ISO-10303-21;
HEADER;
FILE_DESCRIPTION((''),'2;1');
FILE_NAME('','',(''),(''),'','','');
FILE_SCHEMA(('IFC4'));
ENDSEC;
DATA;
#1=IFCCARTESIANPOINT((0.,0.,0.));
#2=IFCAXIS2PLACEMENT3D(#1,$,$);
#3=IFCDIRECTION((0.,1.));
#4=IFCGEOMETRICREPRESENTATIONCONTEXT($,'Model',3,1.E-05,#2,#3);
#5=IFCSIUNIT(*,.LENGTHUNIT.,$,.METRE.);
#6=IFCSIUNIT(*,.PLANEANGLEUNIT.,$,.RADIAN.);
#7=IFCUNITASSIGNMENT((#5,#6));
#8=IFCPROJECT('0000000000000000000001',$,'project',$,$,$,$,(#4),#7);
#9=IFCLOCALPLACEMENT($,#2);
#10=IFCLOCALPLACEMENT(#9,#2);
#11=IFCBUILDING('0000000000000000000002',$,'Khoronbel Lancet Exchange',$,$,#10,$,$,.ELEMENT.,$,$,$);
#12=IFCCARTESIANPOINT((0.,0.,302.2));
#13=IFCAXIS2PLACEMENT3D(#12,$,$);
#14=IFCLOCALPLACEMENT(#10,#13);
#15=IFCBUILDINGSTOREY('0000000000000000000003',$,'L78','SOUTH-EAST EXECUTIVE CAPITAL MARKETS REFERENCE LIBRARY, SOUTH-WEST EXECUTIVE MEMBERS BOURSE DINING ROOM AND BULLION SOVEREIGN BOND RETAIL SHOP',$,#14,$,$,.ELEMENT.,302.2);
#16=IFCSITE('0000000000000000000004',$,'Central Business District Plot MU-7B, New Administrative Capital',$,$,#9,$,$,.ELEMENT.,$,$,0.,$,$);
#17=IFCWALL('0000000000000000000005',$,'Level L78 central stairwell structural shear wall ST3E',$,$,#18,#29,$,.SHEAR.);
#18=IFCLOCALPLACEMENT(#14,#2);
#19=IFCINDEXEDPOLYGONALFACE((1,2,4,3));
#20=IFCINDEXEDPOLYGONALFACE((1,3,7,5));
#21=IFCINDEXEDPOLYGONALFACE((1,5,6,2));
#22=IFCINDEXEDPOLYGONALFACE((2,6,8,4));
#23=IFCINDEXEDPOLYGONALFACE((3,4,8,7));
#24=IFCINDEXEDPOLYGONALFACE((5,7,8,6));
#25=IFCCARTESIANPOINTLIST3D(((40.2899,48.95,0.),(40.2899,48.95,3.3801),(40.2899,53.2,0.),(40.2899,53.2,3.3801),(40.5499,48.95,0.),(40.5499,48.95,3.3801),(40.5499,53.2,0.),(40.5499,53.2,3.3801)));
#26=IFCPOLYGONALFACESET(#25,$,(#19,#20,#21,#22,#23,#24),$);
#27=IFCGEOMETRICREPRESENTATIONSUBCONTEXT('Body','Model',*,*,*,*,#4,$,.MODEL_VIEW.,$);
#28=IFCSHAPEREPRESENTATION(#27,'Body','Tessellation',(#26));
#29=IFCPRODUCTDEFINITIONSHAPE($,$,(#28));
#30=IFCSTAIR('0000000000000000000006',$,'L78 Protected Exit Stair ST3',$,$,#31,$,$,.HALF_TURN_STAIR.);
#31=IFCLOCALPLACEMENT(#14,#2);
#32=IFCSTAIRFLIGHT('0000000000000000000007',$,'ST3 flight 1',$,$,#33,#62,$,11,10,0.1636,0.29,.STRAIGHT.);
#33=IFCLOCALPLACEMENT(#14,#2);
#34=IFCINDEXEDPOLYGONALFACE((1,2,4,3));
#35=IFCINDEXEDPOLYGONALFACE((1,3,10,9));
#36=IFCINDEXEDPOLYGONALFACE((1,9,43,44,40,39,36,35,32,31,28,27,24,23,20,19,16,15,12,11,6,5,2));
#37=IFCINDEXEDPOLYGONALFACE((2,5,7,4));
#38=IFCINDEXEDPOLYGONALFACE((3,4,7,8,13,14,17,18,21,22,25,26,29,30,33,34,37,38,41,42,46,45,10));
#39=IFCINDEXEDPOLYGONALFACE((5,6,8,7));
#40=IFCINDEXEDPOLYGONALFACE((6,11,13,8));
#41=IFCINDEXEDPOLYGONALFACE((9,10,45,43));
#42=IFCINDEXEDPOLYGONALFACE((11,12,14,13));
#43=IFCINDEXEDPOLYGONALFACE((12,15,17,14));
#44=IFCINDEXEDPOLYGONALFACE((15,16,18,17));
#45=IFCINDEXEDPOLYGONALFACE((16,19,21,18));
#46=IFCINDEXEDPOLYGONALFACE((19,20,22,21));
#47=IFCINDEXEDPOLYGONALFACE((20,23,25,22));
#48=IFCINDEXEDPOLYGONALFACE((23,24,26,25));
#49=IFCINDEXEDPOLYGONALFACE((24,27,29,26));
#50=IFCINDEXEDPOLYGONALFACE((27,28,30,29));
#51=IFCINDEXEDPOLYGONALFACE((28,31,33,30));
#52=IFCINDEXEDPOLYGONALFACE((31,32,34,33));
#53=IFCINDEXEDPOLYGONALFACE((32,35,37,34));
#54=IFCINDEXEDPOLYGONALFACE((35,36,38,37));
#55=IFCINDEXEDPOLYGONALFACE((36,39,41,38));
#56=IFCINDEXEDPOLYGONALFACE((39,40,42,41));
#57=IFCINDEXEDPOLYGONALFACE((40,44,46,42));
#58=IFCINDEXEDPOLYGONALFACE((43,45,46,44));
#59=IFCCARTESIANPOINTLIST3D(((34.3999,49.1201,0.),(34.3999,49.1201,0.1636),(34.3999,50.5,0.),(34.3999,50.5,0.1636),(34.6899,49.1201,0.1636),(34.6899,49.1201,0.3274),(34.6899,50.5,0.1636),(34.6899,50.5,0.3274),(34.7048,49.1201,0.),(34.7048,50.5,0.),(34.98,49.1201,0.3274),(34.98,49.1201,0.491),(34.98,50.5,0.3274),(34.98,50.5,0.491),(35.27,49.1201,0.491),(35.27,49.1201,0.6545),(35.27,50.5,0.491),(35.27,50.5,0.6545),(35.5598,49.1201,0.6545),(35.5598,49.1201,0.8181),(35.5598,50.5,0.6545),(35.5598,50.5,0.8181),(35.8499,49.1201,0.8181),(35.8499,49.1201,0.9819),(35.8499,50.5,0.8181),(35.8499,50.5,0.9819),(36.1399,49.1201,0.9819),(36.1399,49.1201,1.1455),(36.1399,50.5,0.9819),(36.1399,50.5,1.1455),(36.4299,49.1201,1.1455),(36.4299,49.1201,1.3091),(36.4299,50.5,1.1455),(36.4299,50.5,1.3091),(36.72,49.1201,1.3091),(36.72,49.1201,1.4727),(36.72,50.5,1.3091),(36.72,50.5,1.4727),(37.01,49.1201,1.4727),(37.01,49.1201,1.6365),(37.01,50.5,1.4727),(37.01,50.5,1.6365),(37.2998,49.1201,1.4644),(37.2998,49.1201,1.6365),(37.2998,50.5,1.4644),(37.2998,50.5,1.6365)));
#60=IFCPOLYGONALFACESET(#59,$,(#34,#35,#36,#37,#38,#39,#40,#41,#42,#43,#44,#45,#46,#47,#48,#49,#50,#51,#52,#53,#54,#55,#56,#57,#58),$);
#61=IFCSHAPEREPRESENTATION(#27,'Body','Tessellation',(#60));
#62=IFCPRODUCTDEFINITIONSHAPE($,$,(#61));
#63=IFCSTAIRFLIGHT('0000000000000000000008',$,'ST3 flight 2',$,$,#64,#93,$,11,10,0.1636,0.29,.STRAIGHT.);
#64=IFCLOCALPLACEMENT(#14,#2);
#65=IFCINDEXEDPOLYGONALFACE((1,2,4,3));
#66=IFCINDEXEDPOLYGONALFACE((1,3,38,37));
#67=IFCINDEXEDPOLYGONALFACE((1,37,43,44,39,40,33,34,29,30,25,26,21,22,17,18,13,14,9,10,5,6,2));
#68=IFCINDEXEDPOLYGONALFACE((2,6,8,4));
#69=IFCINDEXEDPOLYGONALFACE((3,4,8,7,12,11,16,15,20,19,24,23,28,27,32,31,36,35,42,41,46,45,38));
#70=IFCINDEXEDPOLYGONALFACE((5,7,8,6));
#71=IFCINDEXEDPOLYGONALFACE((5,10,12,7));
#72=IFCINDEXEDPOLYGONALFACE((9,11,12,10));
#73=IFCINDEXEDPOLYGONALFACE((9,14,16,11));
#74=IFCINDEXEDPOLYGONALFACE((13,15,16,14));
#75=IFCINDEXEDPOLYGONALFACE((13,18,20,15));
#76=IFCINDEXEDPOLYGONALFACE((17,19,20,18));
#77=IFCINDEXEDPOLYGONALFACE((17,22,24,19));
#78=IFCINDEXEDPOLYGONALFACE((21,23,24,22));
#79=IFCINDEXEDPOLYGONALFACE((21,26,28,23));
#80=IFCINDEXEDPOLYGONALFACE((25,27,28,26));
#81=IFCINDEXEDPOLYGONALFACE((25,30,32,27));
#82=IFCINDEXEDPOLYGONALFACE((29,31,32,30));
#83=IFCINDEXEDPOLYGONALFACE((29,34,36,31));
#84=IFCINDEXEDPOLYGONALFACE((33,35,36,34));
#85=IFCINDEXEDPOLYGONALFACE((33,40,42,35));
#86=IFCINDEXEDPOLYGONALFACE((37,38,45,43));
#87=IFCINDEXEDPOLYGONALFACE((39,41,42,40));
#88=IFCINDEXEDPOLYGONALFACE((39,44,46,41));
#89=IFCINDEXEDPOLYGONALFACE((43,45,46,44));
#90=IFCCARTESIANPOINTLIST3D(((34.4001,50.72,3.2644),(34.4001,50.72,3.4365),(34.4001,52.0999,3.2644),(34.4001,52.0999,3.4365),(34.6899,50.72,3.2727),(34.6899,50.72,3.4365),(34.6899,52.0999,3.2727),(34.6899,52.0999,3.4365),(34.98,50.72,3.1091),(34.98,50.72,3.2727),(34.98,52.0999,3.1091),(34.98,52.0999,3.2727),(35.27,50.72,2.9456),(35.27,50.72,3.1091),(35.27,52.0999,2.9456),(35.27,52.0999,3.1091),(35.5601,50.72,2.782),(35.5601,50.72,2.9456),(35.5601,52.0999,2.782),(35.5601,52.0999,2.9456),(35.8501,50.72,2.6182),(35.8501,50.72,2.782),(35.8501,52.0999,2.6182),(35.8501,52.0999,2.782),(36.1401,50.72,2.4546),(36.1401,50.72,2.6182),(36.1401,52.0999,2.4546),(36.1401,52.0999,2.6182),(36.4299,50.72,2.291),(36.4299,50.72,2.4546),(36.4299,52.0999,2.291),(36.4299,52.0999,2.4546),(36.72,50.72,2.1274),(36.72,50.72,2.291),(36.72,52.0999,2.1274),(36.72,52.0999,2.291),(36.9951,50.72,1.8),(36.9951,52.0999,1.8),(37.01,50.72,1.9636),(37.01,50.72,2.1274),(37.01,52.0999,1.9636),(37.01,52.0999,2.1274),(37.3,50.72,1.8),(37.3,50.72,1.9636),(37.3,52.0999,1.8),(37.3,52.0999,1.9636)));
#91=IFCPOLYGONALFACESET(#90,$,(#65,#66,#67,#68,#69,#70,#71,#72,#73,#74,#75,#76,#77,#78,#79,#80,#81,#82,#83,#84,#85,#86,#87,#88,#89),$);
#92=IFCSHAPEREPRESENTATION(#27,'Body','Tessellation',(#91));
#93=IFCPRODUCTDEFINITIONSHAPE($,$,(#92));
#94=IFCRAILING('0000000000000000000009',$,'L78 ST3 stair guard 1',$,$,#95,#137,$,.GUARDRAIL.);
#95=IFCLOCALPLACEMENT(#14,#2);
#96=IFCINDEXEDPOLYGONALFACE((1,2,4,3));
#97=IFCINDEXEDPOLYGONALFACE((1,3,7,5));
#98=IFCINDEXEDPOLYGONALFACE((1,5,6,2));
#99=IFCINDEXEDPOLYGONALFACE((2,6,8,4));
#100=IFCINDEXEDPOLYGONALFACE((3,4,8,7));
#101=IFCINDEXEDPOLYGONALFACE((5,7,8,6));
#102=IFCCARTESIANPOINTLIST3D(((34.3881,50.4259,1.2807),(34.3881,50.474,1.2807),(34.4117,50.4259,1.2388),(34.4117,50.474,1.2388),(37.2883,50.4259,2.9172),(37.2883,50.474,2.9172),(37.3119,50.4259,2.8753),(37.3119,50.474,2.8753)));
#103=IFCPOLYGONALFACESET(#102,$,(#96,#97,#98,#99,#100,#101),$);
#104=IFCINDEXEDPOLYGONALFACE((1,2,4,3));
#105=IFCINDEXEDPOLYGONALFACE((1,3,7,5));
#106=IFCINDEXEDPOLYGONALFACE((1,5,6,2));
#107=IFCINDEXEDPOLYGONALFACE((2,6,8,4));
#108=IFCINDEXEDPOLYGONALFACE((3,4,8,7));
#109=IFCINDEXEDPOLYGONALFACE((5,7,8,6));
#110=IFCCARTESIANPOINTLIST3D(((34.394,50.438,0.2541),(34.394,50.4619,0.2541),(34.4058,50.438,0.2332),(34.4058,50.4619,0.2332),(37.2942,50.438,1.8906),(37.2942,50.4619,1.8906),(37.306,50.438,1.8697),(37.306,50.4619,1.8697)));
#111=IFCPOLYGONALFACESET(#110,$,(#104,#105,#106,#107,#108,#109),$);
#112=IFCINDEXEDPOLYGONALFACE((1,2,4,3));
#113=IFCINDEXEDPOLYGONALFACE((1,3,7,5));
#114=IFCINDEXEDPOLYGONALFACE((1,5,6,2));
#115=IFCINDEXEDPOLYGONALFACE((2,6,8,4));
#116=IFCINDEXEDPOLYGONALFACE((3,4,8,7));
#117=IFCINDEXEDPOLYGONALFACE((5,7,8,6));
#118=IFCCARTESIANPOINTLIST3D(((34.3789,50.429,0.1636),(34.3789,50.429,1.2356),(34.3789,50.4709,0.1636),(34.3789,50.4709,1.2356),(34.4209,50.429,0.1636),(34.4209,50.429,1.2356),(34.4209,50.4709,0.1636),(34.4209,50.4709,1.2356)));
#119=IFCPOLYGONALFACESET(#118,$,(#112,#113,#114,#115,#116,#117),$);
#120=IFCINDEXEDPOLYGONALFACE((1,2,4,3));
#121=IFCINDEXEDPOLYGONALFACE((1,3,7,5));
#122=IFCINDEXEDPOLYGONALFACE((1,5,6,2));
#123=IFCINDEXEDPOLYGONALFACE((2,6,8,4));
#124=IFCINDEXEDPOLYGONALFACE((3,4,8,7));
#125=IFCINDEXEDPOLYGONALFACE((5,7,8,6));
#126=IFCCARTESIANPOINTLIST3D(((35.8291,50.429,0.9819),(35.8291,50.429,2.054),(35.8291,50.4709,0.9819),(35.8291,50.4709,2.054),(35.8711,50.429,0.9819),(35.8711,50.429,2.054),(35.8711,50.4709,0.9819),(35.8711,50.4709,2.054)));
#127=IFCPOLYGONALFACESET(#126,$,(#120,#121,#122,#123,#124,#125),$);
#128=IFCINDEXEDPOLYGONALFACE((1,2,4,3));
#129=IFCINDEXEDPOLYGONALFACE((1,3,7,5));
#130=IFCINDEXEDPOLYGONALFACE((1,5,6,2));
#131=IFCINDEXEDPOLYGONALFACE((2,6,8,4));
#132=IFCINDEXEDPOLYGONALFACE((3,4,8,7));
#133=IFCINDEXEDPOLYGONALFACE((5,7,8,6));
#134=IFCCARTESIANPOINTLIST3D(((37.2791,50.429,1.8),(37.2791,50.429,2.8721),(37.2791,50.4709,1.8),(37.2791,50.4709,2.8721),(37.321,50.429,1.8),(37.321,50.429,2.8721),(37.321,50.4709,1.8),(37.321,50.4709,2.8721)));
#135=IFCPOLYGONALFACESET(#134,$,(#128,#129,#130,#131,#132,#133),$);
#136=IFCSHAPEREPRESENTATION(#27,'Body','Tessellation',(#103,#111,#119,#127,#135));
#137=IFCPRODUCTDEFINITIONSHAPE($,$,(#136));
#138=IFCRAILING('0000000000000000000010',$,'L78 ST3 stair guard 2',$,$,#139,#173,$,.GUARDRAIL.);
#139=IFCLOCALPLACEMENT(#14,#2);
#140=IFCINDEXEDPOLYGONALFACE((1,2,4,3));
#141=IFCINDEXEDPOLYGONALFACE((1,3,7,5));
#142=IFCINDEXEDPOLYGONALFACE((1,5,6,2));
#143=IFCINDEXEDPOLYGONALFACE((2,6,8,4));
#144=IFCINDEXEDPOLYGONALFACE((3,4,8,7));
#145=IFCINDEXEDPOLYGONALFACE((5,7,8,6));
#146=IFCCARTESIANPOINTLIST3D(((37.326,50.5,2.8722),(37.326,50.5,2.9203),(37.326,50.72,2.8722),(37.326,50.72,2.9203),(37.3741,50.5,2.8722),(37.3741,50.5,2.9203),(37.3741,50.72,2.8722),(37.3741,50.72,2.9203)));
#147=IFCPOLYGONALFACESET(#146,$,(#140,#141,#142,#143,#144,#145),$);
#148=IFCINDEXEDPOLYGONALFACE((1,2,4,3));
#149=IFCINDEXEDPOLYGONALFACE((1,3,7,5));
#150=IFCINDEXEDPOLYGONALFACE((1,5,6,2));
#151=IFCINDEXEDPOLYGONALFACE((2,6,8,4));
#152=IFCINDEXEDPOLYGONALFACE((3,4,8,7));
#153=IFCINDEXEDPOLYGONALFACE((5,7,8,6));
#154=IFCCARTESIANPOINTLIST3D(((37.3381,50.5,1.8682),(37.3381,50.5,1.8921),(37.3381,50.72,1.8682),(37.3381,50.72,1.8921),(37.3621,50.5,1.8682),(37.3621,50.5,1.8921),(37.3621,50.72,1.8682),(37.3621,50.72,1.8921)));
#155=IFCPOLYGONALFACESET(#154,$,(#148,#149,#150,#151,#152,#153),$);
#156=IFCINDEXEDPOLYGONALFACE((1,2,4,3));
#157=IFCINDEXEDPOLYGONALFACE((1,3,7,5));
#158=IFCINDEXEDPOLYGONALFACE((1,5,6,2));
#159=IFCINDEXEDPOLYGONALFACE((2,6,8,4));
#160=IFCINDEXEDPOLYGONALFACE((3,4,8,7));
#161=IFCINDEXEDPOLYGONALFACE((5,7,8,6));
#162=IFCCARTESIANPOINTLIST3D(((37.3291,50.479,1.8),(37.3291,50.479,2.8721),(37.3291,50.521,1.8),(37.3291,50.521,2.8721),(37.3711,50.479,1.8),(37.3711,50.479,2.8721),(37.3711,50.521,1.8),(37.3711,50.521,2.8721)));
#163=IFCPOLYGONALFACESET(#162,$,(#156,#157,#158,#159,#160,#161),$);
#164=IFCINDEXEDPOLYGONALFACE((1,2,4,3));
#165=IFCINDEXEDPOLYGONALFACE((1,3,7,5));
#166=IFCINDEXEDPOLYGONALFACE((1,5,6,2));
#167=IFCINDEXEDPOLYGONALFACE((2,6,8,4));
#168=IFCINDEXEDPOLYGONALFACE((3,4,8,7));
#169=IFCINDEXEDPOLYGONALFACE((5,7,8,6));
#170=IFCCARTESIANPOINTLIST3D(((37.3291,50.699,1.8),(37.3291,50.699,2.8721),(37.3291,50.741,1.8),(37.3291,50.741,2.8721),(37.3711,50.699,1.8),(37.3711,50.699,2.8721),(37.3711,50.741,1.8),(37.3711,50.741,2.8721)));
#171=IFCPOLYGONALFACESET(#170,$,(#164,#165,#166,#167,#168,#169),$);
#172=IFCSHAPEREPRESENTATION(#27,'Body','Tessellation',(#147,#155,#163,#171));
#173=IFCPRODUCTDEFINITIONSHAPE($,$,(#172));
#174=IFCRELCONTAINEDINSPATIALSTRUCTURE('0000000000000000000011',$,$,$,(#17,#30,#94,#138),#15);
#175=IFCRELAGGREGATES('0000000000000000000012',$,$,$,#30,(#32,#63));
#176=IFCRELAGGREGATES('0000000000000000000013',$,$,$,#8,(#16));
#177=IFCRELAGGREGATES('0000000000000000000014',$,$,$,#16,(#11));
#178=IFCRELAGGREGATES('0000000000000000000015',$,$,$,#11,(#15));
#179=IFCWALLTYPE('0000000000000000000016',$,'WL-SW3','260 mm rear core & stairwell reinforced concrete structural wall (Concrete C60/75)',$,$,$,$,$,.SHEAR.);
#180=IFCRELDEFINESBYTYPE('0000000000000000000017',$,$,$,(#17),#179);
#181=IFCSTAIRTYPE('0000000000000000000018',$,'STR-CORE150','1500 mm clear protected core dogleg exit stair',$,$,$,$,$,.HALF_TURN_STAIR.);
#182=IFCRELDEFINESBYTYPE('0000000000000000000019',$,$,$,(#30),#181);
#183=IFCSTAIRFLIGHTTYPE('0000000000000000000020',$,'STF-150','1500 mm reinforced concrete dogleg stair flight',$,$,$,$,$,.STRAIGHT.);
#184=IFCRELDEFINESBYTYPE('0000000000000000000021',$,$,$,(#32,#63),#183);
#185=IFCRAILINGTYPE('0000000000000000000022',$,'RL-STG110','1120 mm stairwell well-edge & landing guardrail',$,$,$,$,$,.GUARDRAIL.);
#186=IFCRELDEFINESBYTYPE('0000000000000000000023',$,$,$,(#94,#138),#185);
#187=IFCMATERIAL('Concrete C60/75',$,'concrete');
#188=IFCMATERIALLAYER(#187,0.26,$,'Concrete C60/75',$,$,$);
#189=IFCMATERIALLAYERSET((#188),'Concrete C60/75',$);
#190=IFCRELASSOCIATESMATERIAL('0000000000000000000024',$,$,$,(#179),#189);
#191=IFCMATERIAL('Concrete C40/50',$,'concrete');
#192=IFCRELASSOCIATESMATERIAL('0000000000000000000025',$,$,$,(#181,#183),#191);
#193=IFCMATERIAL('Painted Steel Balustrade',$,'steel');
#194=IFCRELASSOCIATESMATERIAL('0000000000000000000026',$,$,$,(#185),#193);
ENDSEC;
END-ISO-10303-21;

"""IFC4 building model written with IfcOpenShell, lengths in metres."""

from ifc_helpers import new_model, si_unit, direction, frame, frame_2d, origin, origin_2d, place, context, subcontext, project, spatial, polyline, rectangle, outline, extrude, material, layer, layer_set, type_object, element, aggregate, save


model = new_model("IFC4")

# Units and contexts
model_context = context("Model", 3, precision=1e-05, world=origin(), true_north=direction((0.0, 1.0)))
body_context = subcontext(model_context, "Body", "Model", "MODEL_VIEW")
ifc_project = project(units=[si_unit("LENGTHUNIT", "METRE"), si_unit("PLANEANGLEUNIT", "RADIAN")], contexts=[model_context])

# Site, building, storey
site_placement = place(None, origin())
site = spatial("IfcSite", under=ifc_project, at=site_placement, Name="Central Business District Plot MU-7B, New Administrative Capital", CompositionType="ELEMENT", RefElevation=0.0)
building_placement = place(site_placement, origin())
building = spatial("IfcBuilding", under=site, at=building_placement, Name="Khoronbel Lancet Exchange", CompositionType="ELEMENT")
storey_placement = place(building_placement, frame((0.0, 0.0, 302.2)))
storey = spatial("IfcBuildingStorey", under=building, at=storey_placement, Name="L78", Description="SOUTH-EAST EXECUTIVE CAPITAL MARKETS REFERENCE LIBRARY, SOUTH-WEST EXECUTIVE MEMBERS BOURSE DINING ROOM AND BULLION SOVEREIGN BOND RETAIL SHOP", CompositionType="ELEMENT", Elevation=302.2)

# Shared definitions
ifc_material_1 = material(Name="Concrete C60/75", Category="concrete")

# Wall
ifc_layer_1 = layer(ifc_material_1, 0.26, Name="Concrete C60/75")
ifc_layer_set_1 = layer_set([ifc_layer_1], Name="Concrete C60/75")
wall_type_1 = type_object("IfcWallType", Name="WL-SW3", Description="260 mm rear core & stairwell reinforced concrete structural wall (Concrete C60/75)", PredefinedType="SHEAR", material=ifc_layer_set_1)
wall_1_placement = place(storey_placement, frame((40.4199, 48.95, 0.0), z_axis=(0.0, 0.0, 1.0), x_axis=(0.0, 1.0, 0.0)))
element("IfcWall", 1, at=wall_1_placement, inside=storey, type_object=wall_type_1, Name="Level L78 central stairwell structural shear wall ST3E", PredefinedType="SHEAR", context=body_context, shape_type="SweptSolid", body=[
    extrude(rectangle(XDim=4.25, YDim=0.26, at=frame_2d((2.125, 0.0))), origin(), (0.0, 0.0, 1.0), 3.3801),
])

# Stair, stair flights
ifc_material_2 = material(Name="Concrete C40/50", Category="concrete")
stair_type = type_object("IfcStairType", Name="STR-CORE150", Description="1500 mm clear protected core dogleg exit stair", PredefinedType="HALF_TURN_STAIR", material=ifc_material_2)
stair_placement = place(storey_placement, origin())
stair = element("IfcStair", 2, at=stair_placement, inside=storey, type_object=stair_type, Name="L78 Protected Exit Stair ST3", PredefinedType="HALF_TURN_STAIR")
stair_flight_type = type_object("IfcStairFlightType", Name="STF-150", Description="1500 mm reinforced concrete dogleg stair flight", PredefinedType="STRAIGHT", material=ifc_material_2)
stair_flight_1_placement = place(storey_placement, frame((34.3999, 49.8101, 0.0), z_axis=(0.0, 0.0, 1.0), x_axis=(1.0, 0.0, 0.0)))
stair_flight_1 = element("IfcStairFlight", 3, at=stair_flight_1_placement, type_object=stair_flight_type, Name="ST3 flight 1", NumberOfRisers=11, NumberOfTreads=10, PredefinedType="STRAIGHT", RiserHeight=0.1636, TreadLength=0.29, context=body_context, shape_type="SweptSolid", body=[
    extrude(outline(polyline([(0.0, 0.0), (0.0, 0.1636), (0.29, 0.1636), (0.29, 0.3274), (0.5801, 0.3274), (0.5801, 0.491), (0.8701, 0.491), (0.8701, 0.6545), (1.1599, 0.6545), (1.1599, 0.8181), (1.45, 0.8181), (1.45, 0.9819), (1.74, 0.9819), (1.74, 1.1455), (2.03, 1.1455), (2.03, 1.3091), (2.3201, 1.3091), (2.3201, 1.4727), (2.6101, 1.4727), (2.6101, 1.6365), (2.8999, 1.6365), (2.8999, 1.8), (2.8999, 1.4644), (0.3049, 0.0), (0.0, 0.0)])), frame((0.0, 0.6899, 0.0), z_axis=(0.0, -1.0, 0.0), x_axis=(1.0, 0.0, 0.0)), (0.0, 0.0, 1.0), 1.3799),
])
stair_flight_2_placement = place(storey_placement, frame((37.3, 51.4099, 1.8), z_axis=(0.0, 0.0, 1.0), x_axis=(-1.0, 0.0, 0.0)))
stair_flight_2 = element("IfcStairFlight", 4, at=stair_flight_2_placement, type_object=stair_flight_type, Name="ST3 flight 2", NumberOfRisers=11, NumberOfTreads=10, PredefinedType="STRAIGHT", RiserHeight=0.1636, TreadLength=0.29, context=body_context, shape_type="SweptSolid", body=[
    extrude(outline(polyline([(0.0, 0.0), (0.0, 0.1636), (0.29, 0.1636), (0.29, 0.3274), (0.5801, 0.3274), (0.5801, 0.491), (0.8701, 0.491), (0.8701, 0.6545), (1.1599, 0.6545), (1.1599, 0.8181), (1.45, 0.8181), (1.45, 0.9819), (1.74, 0.9819), (1.74, 1.1455), (2.03, 1.1455), (2.03, 1.3091), (2.3201, 1.3091), (2.3201, 1.4727), (2.6101, 1.4727), (2.6101, 1.6365), (2.8999, 1.6365), (2.8999, 1.8), (2.8999, 1.4644), (0.3049, 0.0), (0.0, 0.0)])), frame((0.0, 0.6899, 0.0), z_axis=(0.0, -1.0, 0.0), x_axis=(1.0, 0.0, 0.0)), (0.0, 0.0, 1.0), 1.3799),
])
aggregate(stair, [stair_flight_1, stair_flight_2])

# Railings
ifc_material_3 = material(Name="Painted Steel Balustrade", Category="steel")
railing_type_1 = type_object("IfcRailingType", Name="RL-STG110", Description="1120 mm stairwell well-edge & landing guardrail", PredefinedType="GUARDRAIL", material=ifc_material_3)
railing_1_placement = place(storey_placement, frame((34.3999, 50.45, 0.1636)))
element("IfcRailing", 5, at=railing_1_placement, inside=storey, type_object=railing_type_1, Name="L78 ST3 stair guard 1", PredefinedType="GUARDRAIL", context=body_context, shape_type="SweptSolid", body=[
    extrude(rectangle(XDim=0.0481, YDim=0.0481, at=origin_2d()), frame((0.0, 0.0, 1.0962), z_axis=(0.870915, 0.0, 0.491434), x_axis=(0.0, 1.0, 0.0)), (0.0, 0.0, 1.0), 3.3301),
    extrude(rectangle(XDim=0.0239, YDim=0.0239, at=origin_2d()), frame((0.0, 0.0, 0.0801), z_axis=(0.870915, 0.0, 0.491434), x_axis=(0.0, 1.0, 0.0)), (0.0, 0.0, 1.0), 3.3301),
    extrude(rectangle(XDim=0.042, YDim=0.042, at=origin_2d()), origin(), (0.0, 0.0, 1.0), 1.072),
    extrude(rectangle(XDim=0.042, YDim=0.042, at=origin_2d()), frame((1.4502, 0.0, 0.8184)), (0.0, 0.0, 1.0), 1.072),
    extrude(rectangle(XDim=0.042, YDim=0.042, at=origin_2d()), frame((2.9001, 0.0, 1.6365)), (0.0, 0.0, 1.0), 1.072),
])
railing_2_placement = place(storey_placement, frame((37.3501, 50.5, 1.8)))
element("IfcRailing", 6, at=railing_2_placement, inside=storey, type_object=railing_type_1, Name="L78 ST3 stair guard 2", PredefinedType="GUARDRAIL", context=body_context, shape_type="SweptSolid", body=[
    extrude(rectangle(XDim=0.0481, YDim=0.0481, at=origin_2d()), frame((0.0, 0.0, 1.0962), z_axis=(0.0, 1.0, 0.0), x_axis=(-1.0, 0.0, 0.0)), (0.0, 0.0, 1.0), 0.22),
    extrude(rectangle(XDim=0.0239, YDim=0.0239, at=origin_2d()), frame((0.0, 0.0, 0.0801), z_axis=(0.0, 1.0, 0.0), x_axis=(-1.0, 0.0, 0.0)), (0.0, 0.0, 1.0), 0.22),
    extrude(rectangle(XDim=0.042, YDim=0.042, at=origin_2d()), origin(), (0.0, 0.0, 1.0), 1.072),
    extrude(rectangle(XDim=0.042, YDim=0.042, at=origin_2d()), frame((0.0, 0.22, 0.0)), (0.0, 0.0, 1.0), 1.072),
])

save(model, "model.ifc")
